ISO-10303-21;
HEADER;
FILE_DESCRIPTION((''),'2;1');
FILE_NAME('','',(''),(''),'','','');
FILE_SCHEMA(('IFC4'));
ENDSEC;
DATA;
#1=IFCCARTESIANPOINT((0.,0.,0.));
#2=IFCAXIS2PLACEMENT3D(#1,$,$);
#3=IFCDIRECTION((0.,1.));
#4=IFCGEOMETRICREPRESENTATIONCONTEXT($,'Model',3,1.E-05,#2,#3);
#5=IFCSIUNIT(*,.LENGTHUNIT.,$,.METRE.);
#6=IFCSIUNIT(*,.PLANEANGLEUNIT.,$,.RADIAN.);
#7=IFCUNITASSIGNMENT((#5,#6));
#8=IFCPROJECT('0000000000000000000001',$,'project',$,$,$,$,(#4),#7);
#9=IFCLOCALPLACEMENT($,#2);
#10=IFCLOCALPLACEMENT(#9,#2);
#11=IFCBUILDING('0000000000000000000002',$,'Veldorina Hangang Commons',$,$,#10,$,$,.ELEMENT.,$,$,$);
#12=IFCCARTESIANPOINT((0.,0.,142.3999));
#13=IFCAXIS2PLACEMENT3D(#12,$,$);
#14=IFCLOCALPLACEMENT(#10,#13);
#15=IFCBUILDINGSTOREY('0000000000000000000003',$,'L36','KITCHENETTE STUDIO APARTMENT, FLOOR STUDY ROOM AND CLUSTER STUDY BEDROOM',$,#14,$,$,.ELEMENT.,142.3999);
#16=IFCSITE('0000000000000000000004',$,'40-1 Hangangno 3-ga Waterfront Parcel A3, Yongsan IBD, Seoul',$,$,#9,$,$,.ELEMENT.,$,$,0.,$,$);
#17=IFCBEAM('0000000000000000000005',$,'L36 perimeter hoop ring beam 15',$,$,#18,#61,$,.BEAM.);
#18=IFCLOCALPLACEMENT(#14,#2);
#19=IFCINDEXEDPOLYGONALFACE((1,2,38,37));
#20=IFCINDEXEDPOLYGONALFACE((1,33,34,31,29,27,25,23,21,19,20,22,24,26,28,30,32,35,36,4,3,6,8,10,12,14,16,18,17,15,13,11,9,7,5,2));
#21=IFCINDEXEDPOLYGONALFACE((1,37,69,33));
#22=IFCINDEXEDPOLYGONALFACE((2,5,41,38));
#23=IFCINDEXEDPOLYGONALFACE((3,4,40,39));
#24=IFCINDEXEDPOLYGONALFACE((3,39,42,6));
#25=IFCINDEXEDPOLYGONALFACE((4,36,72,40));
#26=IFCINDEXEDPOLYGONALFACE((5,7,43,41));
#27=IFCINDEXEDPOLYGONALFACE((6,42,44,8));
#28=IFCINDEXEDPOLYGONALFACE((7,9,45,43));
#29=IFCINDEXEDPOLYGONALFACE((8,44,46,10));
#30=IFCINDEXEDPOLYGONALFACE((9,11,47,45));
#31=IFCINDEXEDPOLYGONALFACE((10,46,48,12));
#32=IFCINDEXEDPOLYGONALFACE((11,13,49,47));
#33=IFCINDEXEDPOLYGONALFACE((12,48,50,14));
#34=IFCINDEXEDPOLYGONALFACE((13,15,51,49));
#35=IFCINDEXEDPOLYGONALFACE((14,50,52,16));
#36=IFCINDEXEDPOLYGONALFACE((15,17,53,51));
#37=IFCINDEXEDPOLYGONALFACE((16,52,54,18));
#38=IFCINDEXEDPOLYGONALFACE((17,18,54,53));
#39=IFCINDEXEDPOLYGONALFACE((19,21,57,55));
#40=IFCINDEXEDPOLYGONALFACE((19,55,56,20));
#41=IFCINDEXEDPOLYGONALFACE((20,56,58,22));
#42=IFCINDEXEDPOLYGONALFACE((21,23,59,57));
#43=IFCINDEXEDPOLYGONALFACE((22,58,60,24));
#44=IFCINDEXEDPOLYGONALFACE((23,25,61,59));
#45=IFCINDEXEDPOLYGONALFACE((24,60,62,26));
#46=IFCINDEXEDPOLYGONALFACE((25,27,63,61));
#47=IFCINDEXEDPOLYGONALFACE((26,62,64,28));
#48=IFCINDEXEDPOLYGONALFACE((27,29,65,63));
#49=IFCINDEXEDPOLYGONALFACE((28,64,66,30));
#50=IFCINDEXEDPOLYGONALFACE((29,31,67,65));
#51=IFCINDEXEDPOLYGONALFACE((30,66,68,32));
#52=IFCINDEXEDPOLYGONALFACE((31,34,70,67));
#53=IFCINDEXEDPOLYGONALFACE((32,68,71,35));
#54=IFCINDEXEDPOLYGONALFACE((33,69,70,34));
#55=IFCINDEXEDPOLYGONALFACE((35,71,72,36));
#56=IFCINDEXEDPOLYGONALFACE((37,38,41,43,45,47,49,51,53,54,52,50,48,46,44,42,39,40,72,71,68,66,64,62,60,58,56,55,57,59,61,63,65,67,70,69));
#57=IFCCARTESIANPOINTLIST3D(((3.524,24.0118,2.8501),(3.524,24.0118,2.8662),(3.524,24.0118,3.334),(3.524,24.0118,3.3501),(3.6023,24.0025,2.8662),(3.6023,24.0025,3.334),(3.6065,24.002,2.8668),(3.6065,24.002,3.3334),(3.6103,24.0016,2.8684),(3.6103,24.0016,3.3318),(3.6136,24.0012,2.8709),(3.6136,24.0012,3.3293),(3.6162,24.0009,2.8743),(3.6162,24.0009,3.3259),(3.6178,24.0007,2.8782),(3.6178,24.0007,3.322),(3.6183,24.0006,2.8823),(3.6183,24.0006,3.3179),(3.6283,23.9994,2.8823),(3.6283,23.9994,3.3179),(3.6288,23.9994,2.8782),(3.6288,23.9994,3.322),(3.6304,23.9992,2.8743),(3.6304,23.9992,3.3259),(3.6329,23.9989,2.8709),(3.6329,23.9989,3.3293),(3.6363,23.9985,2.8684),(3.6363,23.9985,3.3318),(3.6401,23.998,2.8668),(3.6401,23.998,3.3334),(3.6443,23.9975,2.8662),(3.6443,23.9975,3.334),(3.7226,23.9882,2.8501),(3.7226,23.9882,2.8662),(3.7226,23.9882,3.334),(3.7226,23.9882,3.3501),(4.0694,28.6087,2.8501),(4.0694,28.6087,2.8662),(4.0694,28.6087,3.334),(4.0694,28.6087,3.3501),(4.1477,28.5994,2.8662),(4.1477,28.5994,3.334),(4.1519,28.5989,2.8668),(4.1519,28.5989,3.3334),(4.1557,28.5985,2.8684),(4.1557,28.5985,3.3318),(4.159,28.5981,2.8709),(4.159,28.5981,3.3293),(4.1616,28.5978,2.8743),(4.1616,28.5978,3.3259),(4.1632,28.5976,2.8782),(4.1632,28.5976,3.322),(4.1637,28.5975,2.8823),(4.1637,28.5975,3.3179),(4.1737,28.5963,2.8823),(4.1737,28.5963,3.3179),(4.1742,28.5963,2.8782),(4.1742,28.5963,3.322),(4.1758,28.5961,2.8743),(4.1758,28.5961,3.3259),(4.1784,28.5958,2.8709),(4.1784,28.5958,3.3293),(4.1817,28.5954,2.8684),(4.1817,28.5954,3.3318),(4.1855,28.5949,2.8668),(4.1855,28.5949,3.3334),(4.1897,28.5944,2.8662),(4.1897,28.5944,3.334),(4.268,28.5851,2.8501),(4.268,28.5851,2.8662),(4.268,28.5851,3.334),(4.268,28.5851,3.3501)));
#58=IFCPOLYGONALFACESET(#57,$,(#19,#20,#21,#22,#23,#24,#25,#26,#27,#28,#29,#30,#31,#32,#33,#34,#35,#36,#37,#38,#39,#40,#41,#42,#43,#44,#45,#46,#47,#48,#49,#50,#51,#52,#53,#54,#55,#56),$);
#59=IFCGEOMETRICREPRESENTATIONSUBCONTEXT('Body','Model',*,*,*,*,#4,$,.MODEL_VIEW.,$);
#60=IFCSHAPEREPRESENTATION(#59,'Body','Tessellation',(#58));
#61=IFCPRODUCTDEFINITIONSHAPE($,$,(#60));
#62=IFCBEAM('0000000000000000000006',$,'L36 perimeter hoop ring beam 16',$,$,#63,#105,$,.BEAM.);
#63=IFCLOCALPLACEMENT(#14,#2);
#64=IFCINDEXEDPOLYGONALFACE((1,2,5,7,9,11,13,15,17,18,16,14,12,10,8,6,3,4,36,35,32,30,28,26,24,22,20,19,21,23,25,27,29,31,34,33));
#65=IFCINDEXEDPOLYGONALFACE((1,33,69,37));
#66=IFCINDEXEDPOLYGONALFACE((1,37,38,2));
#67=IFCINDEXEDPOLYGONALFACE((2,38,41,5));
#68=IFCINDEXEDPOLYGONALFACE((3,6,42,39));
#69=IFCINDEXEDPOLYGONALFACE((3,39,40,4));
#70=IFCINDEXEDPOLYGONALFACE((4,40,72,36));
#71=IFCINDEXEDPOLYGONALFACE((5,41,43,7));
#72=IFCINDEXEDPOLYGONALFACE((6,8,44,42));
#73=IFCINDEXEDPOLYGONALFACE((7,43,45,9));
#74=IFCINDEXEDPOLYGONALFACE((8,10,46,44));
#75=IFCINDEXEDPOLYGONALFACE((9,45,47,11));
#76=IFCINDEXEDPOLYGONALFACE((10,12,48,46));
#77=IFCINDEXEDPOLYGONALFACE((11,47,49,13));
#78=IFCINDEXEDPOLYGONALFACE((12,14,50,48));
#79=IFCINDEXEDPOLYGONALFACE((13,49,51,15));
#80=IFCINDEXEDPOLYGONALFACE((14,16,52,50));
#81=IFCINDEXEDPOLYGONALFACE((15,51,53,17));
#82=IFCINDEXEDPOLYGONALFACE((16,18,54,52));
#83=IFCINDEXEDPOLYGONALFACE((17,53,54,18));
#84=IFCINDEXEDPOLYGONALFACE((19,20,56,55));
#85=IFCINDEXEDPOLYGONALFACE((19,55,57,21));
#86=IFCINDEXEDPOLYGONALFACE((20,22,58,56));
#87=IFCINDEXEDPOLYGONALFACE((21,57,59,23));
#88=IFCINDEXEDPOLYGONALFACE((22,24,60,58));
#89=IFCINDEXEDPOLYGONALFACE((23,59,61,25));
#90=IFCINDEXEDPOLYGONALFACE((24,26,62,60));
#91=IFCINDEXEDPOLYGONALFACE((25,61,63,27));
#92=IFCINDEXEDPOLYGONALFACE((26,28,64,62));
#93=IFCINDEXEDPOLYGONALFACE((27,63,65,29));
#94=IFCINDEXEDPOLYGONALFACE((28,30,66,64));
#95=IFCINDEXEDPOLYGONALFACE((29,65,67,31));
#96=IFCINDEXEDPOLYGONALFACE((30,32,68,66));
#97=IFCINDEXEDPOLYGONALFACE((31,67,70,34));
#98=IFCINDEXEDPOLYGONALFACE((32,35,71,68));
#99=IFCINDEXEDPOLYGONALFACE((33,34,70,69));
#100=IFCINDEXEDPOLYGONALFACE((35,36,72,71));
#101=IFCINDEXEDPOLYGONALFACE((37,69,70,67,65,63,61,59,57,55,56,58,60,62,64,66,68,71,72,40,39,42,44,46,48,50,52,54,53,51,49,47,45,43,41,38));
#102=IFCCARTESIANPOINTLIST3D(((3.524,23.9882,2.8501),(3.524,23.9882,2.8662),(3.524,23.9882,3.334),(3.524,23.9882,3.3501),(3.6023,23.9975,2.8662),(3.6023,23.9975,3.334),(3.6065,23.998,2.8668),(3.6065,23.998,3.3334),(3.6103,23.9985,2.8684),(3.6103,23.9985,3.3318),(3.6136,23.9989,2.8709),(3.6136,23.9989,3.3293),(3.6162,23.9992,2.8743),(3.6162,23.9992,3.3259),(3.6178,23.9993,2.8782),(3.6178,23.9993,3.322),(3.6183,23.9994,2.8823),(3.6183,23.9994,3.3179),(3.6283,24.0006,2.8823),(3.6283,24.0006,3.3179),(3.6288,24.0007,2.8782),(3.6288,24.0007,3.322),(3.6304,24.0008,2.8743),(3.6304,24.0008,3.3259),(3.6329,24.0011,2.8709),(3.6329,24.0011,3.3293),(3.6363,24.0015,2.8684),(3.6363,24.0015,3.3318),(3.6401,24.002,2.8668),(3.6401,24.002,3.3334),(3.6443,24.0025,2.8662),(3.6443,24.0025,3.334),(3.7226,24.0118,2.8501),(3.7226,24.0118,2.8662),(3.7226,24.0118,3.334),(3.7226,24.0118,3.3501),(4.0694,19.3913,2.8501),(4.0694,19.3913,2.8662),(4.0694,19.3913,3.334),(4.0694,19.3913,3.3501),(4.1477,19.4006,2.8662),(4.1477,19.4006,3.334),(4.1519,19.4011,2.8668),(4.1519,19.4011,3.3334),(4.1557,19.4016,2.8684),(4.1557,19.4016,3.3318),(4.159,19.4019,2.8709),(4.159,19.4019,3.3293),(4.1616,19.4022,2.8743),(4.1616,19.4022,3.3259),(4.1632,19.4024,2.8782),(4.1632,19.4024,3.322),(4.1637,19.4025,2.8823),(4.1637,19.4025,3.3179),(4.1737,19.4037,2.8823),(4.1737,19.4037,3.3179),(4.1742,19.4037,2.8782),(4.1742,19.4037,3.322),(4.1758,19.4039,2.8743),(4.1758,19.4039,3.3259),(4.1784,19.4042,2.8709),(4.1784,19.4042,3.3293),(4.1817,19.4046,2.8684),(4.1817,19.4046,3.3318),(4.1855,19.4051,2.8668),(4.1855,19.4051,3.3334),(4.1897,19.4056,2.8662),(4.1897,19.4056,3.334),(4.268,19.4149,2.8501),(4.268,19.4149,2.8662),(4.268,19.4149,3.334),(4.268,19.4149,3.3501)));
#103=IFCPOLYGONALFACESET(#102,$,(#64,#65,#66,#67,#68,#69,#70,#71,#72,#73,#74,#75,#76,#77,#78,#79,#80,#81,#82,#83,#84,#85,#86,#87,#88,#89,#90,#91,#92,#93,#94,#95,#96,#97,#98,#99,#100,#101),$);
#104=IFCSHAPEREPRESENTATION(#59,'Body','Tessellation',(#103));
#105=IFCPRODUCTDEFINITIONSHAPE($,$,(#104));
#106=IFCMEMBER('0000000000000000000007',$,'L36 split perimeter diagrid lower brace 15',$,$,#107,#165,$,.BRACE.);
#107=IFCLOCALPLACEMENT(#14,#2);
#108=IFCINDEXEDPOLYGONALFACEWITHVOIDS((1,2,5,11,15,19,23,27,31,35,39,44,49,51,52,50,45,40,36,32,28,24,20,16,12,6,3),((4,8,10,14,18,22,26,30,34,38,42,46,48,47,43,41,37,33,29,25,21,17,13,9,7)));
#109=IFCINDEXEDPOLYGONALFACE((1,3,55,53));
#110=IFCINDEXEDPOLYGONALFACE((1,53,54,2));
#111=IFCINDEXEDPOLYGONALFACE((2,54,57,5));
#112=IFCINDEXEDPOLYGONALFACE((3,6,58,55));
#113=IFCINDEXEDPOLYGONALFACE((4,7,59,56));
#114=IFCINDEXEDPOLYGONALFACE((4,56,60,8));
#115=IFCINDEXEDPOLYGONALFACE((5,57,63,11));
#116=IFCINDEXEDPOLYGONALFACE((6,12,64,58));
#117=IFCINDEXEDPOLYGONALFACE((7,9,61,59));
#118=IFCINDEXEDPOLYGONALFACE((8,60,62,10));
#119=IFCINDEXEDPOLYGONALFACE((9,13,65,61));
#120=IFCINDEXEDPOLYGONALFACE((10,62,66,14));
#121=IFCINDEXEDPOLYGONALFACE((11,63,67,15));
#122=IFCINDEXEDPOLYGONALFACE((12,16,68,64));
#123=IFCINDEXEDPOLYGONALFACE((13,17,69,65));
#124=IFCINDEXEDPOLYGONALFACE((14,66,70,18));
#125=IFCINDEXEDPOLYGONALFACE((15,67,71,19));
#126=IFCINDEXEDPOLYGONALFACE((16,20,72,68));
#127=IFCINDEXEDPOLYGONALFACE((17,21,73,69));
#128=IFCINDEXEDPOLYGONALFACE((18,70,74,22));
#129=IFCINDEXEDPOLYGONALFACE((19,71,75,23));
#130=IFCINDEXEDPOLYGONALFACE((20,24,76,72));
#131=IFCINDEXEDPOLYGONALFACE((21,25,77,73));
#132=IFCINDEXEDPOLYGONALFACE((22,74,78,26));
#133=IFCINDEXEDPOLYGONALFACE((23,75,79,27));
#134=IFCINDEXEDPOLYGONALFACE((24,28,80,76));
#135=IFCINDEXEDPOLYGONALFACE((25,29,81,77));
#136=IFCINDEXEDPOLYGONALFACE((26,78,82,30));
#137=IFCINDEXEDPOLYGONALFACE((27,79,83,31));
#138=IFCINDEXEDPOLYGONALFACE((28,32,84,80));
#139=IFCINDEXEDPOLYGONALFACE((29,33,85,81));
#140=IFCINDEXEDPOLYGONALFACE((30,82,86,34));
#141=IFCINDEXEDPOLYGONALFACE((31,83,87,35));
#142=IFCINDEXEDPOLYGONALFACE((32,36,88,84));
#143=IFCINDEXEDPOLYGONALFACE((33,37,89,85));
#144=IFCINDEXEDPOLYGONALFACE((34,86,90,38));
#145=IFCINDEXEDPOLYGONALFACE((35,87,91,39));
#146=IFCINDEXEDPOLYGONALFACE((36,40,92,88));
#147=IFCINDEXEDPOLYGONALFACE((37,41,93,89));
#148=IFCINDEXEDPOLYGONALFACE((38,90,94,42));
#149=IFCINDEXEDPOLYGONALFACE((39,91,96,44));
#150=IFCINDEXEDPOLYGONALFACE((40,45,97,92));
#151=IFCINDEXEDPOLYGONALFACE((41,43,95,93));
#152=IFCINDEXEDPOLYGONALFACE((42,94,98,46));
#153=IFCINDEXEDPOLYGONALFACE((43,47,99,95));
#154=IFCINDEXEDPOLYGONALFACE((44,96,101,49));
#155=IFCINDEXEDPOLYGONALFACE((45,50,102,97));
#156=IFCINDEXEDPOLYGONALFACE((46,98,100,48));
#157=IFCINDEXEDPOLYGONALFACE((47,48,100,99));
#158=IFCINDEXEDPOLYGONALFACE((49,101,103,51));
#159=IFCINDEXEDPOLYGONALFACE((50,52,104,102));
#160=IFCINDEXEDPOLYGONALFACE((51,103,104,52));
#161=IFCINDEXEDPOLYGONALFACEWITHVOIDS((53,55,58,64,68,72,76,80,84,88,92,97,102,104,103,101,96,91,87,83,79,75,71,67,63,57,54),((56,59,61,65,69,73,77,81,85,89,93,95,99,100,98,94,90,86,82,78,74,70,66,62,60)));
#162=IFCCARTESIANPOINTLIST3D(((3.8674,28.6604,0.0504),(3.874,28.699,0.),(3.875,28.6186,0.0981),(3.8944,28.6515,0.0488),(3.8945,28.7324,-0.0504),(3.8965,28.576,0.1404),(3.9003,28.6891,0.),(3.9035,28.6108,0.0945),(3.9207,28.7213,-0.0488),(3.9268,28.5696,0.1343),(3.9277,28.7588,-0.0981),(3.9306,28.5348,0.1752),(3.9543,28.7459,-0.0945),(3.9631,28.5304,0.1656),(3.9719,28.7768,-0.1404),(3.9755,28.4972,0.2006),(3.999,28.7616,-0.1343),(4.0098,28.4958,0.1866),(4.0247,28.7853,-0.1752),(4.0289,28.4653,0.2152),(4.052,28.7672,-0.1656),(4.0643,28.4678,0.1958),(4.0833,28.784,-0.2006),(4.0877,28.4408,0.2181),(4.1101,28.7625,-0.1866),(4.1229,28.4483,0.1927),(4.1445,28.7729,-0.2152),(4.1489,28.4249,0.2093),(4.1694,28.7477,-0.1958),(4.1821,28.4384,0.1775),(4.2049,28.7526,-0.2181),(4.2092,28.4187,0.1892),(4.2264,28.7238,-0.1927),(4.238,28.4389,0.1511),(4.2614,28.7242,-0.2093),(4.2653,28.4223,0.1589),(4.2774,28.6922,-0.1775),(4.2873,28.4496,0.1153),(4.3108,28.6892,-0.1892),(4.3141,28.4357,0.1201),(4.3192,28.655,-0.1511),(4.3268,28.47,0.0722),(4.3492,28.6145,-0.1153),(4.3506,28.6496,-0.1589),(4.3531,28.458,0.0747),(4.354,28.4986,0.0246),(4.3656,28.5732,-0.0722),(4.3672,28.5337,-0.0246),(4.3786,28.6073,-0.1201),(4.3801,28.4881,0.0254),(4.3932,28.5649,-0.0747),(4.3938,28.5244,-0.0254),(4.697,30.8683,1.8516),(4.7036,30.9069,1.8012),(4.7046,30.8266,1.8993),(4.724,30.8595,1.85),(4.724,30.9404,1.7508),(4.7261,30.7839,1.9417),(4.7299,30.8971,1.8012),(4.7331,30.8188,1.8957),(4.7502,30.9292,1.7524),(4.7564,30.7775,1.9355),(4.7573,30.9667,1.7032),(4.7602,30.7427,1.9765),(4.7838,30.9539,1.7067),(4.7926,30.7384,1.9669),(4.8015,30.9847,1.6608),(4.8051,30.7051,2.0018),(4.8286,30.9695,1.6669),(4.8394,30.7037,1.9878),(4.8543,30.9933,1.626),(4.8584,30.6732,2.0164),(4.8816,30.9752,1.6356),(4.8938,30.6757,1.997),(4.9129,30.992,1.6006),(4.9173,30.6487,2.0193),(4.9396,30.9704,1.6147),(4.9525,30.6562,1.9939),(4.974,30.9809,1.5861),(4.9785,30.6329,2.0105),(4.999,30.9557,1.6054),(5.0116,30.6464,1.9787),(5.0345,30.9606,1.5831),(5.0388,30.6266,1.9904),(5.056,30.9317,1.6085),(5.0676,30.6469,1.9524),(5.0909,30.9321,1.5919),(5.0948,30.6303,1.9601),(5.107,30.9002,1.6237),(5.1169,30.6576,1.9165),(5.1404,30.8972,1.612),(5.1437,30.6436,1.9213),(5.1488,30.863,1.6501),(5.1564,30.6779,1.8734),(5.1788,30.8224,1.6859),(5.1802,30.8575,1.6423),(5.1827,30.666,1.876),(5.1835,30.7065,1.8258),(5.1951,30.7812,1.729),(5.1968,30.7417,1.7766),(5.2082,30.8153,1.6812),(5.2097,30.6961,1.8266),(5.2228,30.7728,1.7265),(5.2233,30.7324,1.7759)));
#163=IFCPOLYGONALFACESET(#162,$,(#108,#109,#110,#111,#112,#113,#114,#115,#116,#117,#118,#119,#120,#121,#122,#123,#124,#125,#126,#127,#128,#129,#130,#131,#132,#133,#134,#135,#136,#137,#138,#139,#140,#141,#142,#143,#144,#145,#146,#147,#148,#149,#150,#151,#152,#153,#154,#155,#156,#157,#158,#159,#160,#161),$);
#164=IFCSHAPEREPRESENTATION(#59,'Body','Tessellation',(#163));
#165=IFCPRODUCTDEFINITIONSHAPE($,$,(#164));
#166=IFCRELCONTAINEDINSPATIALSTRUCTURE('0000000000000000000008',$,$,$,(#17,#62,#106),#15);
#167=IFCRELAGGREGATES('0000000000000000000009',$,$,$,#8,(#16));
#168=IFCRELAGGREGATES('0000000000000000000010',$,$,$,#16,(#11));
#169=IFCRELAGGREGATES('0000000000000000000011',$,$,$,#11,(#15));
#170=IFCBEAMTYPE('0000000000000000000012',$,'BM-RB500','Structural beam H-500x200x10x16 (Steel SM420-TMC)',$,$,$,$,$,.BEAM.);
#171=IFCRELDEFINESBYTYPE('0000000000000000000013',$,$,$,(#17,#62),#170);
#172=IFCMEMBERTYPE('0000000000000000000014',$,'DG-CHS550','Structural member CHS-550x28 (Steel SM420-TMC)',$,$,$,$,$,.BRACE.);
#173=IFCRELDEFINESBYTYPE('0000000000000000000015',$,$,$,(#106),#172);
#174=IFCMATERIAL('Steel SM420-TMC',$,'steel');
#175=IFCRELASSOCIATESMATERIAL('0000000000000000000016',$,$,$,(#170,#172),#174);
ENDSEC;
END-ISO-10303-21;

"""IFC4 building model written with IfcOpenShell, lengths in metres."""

from ifc_helpers import new_model, si_unit, direction, frame, origin, origin_2d, place, context, subcontext, project, spatial, hollow_circle, i_section, extrude, material, material_profile, profile_set, type_object, element, save


model = new_model("IFC4")

# Units and contexts
model_context = context("Model", 3, precision=1e-05, world=origin(), true_north=direction((0.0, 1.0)))
body_context = subcontext(model_context, "Body", "Model", "MODEL_VIEW")
ifc_project = project(units=[si_unit("LENGTHUNIT", "METRE"), si_unit("PLANEANGLEUNIT", "RADIAN")], contexts=[model_context])

# Site, building, storey
site_placement = place(None, origin())
site = spatial("IfcSite", under=ifc_project, at=site_placement, Name="40-1 Hangangno 3-ga Waterfront Parcel A3, Yongsan IBD, Seoul", CompositionType="ELEMENT", RefElevation=0.0)
building_placement = place(site_placement, origin())
building = spatial("IfcBuilding", under=site, at=building_placement, Name="Veldorina Hangang Commons", CompositionType="ELEMENT")
storey_placement = place(building_placement, frame((0.0, 0.0, 142.3999)))
storey = spatial("IfcBuildingStorey", under=building, at=storey_placement, Name="L36", Description="KITCHENETTE STUDIO APARTMENT, FLOOR STUDY ROOM AND CLUSTER STUDY BEDROOM", CompositionType="ELEMENT", Elevation=142.3999)

# Beams
ifc_material_1 = material(Name="Steel SM420-TMC", Category="steel")
ifc_material_profile_1 = material_profile(ifc_material_1, i_section(OverallWidth=0.2, OverallDepth=0.5, WebThickness=0.01, FlangeThickness=0.0161, FilletRadius=0.0161, at=origin_2d()), Name="H-500x200x10x16")
ifc_profile_set_1 = profile_set([ifc_material_profile_1], Name="Steel SM420-TMC")
beam_type_1 = type_object("IfcBeamType", Name="BM-RB500", Description="Structural beam H-500x200x10x16 (Steel SM420-TMC)", PredefinedType="BEAM", material=ifc_profile_set_1)
for number, where, z_axis, x_axis, name in (
    (1, (4.1687, 28.5969, 3.1001), (-0.11782, -0.993035, 0.0), (0.993035, -0.11782, 0.0), "L36 perimeter hoop ring beam 15"),
    (2, (3.6233, 24.0, 3.1001), (0.11782, -0.993035, 0.0), (0.993035, 0.11782, 0.0), "L36 perimeter hoop ring beam 16"),
):
    element("IfcBeam", number, at=place(storey_placement, frame(where, z_axis=z_axis, x_axis=x_axis)), inside=storey, type_object=beam_type_1, Name=name, PredefinedType="BEAM", context=body_context, shape_type="SweptSolid", body=[
        extrude(i_section(OverallWidth=0.2, OverallDepth=0.5, WebThickness=0.01, FlangeThickness=0.0161, FilletRadius=0.0161, at=origin_2d()), origin(), (0.0, 0.0, 1.0), 4.6292),
    ])

# Member
ifc_material_profile_2 = material_profile(ifc_material_1, hollow_circle(Radius=0.2749, WallThickness=0.0281, at=origin_2d()), Name="CHS-550x28")
ifc_profile_set_2 = profile_set([ifc_material_profile_2], Name="Steel SM420-TMC")
member_type = type_object("IfcMemberType", Name="DG-CHS550", Description="Structural member CHS-550x28 (Steel SM420-TMC)", PredefinedType="BRACE", material=ifc_profile_set_2)
member_1_placement = place(storey_placement, frame((4.1313, 28.6023, 0.0), z_axis=(0.279526, 0.743977, 0.606929), x_axis=(-0.936108, 0.351713, 0.0)))
element("IfcMember", 3, at=member_1_placement, inside=storey, type_object=member_type, Name="L36 split perimeter diagrid lower brace 15", PredefinedType="BRACE", context=body_context, shape_type="SweptSolid", body=[
    extrude(hollow_circle(Radius=0.2749, WallThickness=0.0281, at=origin_2d()), origin(), (0.0, 0.0, 1.0), 2.9678),
])

save(model, "model.ifc")
